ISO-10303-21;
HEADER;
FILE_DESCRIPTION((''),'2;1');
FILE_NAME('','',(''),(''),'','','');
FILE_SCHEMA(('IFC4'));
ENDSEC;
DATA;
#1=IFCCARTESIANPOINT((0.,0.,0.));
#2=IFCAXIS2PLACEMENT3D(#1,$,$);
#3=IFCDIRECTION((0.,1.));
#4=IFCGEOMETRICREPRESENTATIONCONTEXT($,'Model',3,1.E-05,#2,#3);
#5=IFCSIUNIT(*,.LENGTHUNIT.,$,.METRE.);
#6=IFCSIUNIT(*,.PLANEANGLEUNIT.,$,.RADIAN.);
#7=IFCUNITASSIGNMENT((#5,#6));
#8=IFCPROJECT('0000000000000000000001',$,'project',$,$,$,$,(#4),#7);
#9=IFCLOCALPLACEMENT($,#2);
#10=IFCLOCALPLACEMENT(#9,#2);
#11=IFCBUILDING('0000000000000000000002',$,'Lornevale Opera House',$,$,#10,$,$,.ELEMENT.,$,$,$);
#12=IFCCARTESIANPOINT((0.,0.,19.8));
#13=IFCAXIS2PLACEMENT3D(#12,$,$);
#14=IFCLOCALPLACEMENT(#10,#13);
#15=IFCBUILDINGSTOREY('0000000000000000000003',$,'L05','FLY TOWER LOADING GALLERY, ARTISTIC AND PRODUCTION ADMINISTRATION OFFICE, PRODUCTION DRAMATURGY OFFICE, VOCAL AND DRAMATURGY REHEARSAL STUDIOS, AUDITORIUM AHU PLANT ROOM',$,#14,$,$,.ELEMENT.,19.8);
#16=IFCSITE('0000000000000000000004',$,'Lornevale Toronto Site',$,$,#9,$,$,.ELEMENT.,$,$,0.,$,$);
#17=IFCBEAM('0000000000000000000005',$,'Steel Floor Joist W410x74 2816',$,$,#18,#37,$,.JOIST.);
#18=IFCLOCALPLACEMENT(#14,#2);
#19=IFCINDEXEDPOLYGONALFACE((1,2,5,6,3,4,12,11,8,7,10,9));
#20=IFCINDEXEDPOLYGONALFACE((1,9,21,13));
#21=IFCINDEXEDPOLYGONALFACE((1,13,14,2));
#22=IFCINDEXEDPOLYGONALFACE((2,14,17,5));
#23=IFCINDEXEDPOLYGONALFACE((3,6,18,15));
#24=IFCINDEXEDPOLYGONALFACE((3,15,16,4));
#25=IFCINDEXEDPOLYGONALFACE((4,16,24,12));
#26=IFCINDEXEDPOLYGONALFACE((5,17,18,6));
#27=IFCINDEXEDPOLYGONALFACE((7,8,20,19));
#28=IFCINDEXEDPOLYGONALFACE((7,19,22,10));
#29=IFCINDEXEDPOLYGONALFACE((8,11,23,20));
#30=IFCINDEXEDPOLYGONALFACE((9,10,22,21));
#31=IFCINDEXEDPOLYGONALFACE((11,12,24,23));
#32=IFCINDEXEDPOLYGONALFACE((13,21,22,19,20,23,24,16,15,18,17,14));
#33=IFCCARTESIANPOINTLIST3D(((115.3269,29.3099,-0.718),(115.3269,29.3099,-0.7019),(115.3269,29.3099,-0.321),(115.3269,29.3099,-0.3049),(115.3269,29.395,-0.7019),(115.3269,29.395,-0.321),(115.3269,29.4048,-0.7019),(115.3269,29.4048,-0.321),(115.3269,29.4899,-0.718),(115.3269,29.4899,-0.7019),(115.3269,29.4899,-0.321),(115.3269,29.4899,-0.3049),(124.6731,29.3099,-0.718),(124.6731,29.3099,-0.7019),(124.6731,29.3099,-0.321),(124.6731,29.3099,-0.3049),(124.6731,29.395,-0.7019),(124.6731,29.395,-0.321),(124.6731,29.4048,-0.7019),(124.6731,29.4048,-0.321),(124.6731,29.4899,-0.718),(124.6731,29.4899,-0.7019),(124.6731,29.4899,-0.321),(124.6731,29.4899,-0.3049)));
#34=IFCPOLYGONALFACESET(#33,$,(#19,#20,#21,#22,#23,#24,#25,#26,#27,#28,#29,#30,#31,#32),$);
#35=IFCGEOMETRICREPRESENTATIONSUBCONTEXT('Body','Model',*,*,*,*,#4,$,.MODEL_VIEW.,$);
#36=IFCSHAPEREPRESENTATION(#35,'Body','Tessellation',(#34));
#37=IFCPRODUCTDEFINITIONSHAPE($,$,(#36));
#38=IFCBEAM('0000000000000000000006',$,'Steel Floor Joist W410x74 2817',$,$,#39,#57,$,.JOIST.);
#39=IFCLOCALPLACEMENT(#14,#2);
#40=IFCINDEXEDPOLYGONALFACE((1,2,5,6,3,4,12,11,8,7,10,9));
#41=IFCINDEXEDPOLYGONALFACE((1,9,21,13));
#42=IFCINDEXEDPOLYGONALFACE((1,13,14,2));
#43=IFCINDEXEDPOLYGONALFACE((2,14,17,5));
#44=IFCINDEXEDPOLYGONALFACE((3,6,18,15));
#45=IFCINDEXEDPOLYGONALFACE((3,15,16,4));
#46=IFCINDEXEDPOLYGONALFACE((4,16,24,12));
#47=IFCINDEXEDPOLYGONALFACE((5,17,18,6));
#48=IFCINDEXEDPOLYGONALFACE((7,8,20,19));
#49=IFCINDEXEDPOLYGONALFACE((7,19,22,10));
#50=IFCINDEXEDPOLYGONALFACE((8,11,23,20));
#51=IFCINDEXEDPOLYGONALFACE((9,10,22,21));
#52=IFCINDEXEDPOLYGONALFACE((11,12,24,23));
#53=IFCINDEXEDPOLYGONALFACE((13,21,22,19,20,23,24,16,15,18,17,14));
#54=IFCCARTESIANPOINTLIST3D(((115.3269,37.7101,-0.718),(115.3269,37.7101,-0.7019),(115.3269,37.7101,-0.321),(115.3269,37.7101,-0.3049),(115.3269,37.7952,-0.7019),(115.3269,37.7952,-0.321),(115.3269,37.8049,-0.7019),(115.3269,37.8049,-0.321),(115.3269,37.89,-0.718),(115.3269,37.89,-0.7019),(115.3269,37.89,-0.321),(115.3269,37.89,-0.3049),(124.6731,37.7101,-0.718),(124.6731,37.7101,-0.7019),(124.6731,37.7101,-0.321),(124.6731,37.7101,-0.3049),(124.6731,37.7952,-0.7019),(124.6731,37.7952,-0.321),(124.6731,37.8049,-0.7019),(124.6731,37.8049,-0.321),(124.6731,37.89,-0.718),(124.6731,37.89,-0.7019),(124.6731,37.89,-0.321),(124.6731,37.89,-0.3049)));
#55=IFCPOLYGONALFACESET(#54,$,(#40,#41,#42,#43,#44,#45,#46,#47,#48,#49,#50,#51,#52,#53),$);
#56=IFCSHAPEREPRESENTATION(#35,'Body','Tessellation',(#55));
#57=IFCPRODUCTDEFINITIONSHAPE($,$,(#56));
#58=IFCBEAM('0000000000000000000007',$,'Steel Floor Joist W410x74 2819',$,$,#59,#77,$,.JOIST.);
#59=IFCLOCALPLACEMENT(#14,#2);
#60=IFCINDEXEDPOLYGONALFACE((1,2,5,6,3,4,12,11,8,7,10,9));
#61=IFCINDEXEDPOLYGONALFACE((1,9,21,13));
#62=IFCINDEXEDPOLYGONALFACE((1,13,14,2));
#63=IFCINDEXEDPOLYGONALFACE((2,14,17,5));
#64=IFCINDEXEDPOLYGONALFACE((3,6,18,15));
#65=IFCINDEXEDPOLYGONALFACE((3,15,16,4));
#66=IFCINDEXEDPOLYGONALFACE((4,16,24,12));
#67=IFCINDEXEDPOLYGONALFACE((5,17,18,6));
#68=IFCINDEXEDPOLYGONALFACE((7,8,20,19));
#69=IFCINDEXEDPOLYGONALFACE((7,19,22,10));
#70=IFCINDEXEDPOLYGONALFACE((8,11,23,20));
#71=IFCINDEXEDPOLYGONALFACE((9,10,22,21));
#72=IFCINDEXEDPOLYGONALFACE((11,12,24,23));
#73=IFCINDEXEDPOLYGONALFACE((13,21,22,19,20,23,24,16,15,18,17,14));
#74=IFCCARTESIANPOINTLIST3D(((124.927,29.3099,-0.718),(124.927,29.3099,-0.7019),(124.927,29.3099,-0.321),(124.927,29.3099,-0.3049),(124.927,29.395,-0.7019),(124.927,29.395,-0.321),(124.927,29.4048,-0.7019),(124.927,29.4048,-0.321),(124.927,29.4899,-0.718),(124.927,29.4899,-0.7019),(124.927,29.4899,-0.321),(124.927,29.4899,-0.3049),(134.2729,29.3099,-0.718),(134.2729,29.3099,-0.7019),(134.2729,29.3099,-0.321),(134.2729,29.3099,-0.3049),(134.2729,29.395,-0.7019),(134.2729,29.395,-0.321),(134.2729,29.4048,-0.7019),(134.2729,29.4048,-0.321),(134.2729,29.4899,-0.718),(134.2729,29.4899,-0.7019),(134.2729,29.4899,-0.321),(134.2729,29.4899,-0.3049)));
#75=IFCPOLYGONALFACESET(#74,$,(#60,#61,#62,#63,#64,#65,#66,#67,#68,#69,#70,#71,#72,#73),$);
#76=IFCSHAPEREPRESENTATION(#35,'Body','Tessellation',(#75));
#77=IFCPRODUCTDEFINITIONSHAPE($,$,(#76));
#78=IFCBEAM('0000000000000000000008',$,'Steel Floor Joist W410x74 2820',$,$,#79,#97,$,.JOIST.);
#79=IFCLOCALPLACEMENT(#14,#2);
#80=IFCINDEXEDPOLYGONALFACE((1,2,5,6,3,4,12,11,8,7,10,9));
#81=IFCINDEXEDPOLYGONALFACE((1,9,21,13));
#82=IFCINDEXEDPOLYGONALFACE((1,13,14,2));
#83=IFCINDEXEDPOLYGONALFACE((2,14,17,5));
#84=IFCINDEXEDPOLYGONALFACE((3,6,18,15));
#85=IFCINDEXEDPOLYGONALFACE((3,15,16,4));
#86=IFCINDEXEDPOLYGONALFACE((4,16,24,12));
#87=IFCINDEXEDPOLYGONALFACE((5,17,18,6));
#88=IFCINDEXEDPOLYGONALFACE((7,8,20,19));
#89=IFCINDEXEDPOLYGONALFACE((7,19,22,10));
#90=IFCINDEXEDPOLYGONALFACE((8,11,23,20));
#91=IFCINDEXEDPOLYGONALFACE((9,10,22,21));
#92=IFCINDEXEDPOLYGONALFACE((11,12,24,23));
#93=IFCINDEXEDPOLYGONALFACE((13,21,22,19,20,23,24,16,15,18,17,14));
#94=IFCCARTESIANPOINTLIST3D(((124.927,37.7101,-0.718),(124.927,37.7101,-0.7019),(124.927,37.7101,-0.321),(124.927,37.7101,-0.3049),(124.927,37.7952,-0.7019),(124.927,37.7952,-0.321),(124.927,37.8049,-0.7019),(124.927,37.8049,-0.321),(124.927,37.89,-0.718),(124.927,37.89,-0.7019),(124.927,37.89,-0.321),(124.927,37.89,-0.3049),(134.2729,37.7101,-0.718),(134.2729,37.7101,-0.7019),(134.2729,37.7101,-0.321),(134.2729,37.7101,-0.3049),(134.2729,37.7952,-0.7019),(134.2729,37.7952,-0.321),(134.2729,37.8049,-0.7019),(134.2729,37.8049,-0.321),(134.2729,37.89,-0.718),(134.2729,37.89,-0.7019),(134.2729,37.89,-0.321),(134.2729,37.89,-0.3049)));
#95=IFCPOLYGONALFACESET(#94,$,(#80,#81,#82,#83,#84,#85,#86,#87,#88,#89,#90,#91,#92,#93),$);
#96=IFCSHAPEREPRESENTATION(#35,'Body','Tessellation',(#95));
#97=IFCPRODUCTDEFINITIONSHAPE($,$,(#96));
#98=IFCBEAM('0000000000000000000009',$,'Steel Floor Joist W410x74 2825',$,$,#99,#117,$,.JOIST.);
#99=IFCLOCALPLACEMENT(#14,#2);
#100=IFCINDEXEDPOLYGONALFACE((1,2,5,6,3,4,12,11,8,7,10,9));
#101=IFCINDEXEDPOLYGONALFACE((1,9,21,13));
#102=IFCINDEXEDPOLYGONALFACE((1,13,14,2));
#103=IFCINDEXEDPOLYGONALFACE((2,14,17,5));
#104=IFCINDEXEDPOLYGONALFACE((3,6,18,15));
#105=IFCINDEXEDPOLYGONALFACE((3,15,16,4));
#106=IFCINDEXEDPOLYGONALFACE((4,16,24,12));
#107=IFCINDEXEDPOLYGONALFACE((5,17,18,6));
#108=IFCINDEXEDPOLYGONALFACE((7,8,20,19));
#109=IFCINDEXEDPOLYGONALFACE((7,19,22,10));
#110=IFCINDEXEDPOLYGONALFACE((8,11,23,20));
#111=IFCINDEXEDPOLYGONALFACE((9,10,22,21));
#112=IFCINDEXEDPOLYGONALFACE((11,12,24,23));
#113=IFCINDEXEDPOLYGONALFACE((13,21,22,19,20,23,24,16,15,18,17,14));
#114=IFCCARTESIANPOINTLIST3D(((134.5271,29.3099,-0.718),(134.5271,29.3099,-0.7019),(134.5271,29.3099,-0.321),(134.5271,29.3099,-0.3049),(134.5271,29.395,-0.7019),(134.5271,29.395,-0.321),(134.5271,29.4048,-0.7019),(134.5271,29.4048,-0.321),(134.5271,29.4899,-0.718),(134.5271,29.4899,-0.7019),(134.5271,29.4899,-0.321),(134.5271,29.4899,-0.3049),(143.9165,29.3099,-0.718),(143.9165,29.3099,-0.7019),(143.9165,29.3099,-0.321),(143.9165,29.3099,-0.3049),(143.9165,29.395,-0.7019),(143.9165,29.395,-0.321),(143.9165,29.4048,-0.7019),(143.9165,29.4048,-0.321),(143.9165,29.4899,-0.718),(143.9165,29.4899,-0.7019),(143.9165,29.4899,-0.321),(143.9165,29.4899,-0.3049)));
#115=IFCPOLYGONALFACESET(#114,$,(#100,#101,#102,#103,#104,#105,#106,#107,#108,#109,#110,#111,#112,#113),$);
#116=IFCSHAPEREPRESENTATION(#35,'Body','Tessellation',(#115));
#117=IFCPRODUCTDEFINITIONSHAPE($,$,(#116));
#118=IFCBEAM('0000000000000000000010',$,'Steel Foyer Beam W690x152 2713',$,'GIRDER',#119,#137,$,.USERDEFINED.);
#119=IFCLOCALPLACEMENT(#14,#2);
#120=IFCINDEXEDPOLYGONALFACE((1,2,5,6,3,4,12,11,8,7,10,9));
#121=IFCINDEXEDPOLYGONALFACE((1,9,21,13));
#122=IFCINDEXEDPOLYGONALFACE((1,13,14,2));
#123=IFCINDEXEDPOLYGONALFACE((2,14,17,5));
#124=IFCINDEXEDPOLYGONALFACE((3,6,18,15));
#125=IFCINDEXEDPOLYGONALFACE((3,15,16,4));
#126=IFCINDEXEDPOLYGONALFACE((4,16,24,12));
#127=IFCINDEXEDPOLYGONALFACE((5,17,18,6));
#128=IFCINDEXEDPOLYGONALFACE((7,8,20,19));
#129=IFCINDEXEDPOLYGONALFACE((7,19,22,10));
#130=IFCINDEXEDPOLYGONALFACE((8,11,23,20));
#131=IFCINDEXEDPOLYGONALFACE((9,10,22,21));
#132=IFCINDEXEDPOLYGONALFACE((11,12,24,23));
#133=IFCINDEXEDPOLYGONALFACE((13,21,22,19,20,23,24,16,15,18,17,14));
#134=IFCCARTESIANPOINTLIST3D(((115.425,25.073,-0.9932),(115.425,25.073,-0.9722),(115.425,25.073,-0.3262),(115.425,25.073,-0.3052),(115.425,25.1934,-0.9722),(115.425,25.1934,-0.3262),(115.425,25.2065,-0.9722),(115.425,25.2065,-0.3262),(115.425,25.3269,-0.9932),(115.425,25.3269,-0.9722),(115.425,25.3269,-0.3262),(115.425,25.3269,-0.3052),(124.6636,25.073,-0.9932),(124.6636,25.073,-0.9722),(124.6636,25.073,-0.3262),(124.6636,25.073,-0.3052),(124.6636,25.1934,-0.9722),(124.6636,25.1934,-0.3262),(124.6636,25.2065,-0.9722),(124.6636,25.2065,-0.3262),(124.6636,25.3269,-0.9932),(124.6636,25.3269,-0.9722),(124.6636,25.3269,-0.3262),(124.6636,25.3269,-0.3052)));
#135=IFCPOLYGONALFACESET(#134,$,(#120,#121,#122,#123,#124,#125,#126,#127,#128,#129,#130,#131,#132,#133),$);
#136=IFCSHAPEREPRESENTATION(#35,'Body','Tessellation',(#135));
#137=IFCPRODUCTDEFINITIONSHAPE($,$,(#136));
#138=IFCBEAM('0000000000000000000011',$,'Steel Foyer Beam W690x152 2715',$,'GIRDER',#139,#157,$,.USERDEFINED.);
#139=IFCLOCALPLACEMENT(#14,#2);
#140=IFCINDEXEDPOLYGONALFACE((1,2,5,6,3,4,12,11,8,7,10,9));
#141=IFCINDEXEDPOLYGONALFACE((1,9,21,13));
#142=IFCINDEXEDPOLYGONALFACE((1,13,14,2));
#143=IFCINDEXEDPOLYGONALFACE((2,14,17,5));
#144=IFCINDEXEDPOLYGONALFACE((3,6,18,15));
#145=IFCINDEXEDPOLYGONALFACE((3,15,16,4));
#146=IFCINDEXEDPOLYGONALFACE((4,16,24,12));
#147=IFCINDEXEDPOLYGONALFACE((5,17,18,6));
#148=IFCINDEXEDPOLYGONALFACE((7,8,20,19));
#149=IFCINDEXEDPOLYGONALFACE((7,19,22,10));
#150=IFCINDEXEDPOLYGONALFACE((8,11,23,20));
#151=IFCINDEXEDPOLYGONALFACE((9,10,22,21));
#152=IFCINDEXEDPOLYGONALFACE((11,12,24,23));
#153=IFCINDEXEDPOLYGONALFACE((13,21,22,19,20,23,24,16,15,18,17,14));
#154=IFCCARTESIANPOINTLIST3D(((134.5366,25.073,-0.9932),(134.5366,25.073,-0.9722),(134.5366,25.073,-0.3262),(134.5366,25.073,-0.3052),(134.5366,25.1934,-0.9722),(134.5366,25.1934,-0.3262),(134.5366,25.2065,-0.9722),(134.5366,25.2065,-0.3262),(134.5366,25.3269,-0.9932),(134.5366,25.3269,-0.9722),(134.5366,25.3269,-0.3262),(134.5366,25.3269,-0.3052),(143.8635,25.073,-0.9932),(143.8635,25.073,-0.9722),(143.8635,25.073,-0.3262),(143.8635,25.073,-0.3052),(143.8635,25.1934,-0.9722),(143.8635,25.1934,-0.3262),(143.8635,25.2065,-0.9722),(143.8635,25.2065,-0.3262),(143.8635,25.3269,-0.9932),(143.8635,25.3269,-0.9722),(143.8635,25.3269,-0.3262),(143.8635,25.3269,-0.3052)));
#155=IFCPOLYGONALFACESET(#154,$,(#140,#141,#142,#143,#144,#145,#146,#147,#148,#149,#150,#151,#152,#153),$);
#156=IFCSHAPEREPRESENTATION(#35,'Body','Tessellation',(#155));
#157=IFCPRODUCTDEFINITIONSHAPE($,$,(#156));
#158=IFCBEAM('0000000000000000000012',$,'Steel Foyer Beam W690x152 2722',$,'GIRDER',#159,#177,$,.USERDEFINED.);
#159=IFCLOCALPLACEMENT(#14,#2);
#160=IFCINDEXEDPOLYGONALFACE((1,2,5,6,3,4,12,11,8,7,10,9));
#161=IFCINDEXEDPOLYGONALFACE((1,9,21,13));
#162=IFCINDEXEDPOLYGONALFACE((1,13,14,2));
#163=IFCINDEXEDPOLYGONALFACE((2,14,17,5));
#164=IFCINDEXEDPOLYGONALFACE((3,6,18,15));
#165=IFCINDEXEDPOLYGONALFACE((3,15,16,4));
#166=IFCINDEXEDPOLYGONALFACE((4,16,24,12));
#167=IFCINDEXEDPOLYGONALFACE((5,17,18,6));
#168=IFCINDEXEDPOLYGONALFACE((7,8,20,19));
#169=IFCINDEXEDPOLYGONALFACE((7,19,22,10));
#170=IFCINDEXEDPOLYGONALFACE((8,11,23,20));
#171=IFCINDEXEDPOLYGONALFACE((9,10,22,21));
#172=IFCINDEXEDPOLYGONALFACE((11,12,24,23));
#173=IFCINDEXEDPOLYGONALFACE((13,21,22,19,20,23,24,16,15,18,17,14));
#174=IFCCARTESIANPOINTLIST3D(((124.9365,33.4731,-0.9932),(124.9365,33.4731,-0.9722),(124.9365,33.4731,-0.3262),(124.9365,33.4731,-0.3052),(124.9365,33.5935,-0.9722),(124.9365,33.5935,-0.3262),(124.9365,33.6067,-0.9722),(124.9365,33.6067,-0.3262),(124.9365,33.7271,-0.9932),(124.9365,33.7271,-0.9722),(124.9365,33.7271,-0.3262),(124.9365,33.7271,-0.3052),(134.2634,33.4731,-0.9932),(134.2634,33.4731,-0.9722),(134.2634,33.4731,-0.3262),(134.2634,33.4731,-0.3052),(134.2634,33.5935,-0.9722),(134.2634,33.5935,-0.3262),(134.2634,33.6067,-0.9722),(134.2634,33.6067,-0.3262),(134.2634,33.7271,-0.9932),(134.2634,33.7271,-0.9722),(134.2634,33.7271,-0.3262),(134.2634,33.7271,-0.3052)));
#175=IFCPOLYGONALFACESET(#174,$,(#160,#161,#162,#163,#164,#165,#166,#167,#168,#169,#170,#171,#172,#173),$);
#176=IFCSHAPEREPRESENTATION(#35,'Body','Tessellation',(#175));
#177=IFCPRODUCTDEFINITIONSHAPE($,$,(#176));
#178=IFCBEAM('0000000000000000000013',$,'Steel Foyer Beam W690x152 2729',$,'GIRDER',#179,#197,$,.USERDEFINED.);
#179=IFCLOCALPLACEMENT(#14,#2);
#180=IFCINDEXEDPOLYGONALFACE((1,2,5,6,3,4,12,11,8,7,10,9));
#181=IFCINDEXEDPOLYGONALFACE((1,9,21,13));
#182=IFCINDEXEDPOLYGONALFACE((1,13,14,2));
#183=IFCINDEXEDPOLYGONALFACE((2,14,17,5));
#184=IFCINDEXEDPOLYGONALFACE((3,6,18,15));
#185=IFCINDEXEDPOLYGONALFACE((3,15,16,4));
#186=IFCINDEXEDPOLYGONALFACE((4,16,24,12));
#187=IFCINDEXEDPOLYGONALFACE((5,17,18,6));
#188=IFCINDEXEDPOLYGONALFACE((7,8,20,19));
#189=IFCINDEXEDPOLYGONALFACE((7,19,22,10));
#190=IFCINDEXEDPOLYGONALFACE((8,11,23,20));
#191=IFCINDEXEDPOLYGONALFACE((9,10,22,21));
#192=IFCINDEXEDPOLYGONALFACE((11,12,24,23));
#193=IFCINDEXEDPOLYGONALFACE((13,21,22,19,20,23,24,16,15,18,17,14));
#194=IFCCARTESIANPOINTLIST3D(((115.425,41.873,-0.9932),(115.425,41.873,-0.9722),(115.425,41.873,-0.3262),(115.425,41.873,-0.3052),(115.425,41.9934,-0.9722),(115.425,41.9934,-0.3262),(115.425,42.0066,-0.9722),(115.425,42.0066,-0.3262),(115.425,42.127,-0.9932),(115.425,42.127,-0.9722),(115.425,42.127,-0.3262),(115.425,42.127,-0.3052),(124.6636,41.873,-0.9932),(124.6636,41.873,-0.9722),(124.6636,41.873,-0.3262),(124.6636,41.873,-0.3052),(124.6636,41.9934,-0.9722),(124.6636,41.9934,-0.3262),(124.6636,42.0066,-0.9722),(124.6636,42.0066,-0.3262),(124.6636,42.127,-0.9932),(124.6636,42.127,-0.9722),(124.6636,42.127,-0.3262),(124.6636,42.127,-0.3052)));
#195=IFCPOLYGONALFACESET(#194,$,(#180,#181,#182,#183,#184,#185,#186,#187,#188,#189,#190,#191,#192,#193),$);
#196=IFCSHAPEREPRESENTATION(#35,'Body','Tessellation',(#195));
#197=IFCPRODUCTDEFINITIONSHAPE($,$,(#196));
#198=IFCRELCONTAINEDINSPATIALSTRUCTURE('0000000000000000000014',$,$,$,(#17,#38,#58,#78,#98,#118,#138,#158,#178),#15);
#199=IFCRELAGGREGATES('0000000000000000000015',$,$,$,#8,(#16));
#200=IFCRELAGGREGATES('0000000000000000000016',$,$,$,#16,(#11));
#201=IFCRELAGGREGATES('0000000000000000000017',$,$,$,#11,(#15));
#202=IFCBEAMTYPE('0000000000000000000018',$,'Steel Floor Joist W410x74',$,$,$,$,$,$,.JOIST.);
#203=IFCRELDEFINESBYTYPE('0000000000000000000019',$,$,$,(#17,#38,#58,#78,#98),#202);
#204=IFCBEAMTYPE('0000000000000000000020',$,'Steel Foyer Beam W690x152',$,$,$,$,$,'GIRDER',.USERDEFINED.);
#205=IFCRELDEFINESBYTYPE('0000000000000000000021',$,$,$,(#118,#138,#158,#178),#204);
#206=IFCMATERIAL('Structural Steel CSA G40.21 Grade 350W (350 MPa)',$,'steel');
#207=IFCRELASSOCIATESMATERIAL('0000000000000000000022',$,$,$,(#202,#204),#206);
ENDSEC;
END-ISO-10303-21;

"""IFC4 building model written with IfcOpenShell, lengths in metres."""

from ifc_helpers import new_model, si_unit, direction, frame, origin, origin_2d, place, context, subcontext, project, spatial, i_section, extrude, material, material_profile, profile_set, type_object, element, save


model = new_model("IFC4")

# Units and contexts
model_context = context("Model", 3, precision=1e-05, world=origin(), true_north=direction((0.0, 1.0)))
body_context = subcontext(model_context, "Body", "Model", "MODEL_VIEW")
ifc_project = project(units=[si_unit("LENGTHUNIT", "METRE"), si_unit("PLANEANGLEUNIT", "RADIAN")], contexts=[model_context])

# Site, building, storey
site_placement = place(None, origin())
site = spatial("IfcSite", under=ifc_project, at=site_placement, Name="Lornevale Toronto Site", CompositionType="ELEMENT", RefElevation=0.0)
building_placement = place(site_placement, origin())
building = spatial("IfcBuilding", under=site, at=building_placement, Name="Lornevale Opera House", CompositionType="ELEMENT")
storey_placement = place(building_placement, frame((0.0, 0.0, 19.8)))
storey = spatial("IfcBuildingStorey", under=building, at=storey_placement, Name="L05", Description="FLY TOWER LOADING GALLERY, ARTISTIC AND PRODUCTION ADMINISTRATION OFFICE, PRODUCTION DRAMATURGY OFFICE, VOCAL AND DRAMATURGY REHEARSAL STUDIOS, AUDITORIUM AHU PLANT ROOM", CompositionType="ELEMENT", Elevation=19.8)

# Beams
ifc_material_1 = material(Name="Structural Steel CSA G40.21 Grade 350W (350 MPa)", Category="steel")
ifc_material_profile_1 = material_profile(ifc_material_1, i_section(OverallWidth=0.1799, OverallDepth=0.4131, WebThickness=0.0098, FlangeThickness=0.0161, at=origin_2d()), Name="W410x74")
ifc_profile_set_1 = profile_set([ifc_material_profile_1], Name="Structural Steel CSA G40.21 Grade 350W (350 MPa)")
beam_type_1 = type_object("IfcBeamType", Name="Steel Floor Joist W410x74", PredefinedType="JOIST", material=ifc_profile_set_1)
for number, where, z_axis, x_axis, name in (
    (1, (115.3269, 29.3999, -0.5115), (1.0, 0.0, 0.0), (0.0, 1.0, 0.0), "Steel Floor Joist W410x74 2816"),
    (2, (115.3269, 37.8, -0.5115), (1.0, 0.0, 0.0), (0.0, 1.0, 0.0), "Steel Floor Joist W410x74 2817"),
):
    element("IfcBeam", number, at=place(storey_placement, frame(where, z_axis=z_axis, x_axis=x_axis)), inside=storey, type_object=beam_type_1, Name=name, PredefinedType="JOIST", context=body_context, shape_type="SweptSolid", body=[
        extrude(i_section(OverallWidth=0.1799, OverallDepth=0.4131, WebThickness=0.0098, FlangeThickness=0.0161, at=origin_2d()), origin(), (0.0, 0.0, 1.0), 9.3462),
    ])
for number, where, z_axis, x_axis, name in (
    (3, (124.927, 29.3999, -0.5115), (1.0, 0.0, 0.0), (0.0, 1.0, 0.0), "Steel Floor Joist W410x74 2819"),
    (4, (124.927, 37.8, -0.5115), (1.0, 0.0, 0.0), (0.0, 1.0, 0.0), "Steel Floor Joist W410x74 2820"),
):
    element("IfcBeam", number, at=place(storey_placement, frame(where, z_axis=z_axis, x_axis=x_axis)), inside=storey, type_object=beam_type_1, Name=name, PredefinedType="JOIST", context=body_context, shape_type="SweptSolid", body=[
        extrude(i_section(OverallWidth=0.1799, OverallDepth=0.4131, WebThickness=0.0098, FlangeThickness=0.0161, at=origin_2d()), origin(), (0.0, 0.0, 1.0), 9.3459),
    ])
beam_1_placement = place(storey_placement, frame((134.5271, 29.3999, -0.5115), z_axis=(1.0, 0.0, 0.0), x_axis=(0.0, 1.0, 0.0)))
element("IfcBeam", 5, at=beam_1_placement, inside=storey, type_object=beam_type_1, Name="Steel Floor Joist W410x74 2825", PredefinedType="JOIST", context=body_context, shape_type="SweptSolid", body=[
    extrude(i_section(OverallWidth=0.1799, OverallDepth=0.4131, WebThickness=0.0098, FlangeThickness=0.0161, at=origin_2d()), origin(), (0.0, 0.0, 1.0), 9.3894),
])
ifc_material_profile_2 = material_profile(ifc_material_1, i_section(OverallWidth=0.2539, OverallDepth=0.688, WebThickness=0.0132, FlangeThickness=0.021, at=origin_2d()), Name="W690x152")
ifc_profile_set_2 = profile_set([ifc_material_profile_2], Name="Structural Steel CSA G40.21 Grade 350W (350 MPa)")
beam_type_2 = type_object("IfcBeamType", Name="Steel Foyer Beam W690x152", ElementType="GIRDER", PredefinedType="USERDEFINED", material=ifc_profile_set_2)
beam_2_placement = place(storey_placement, frame((115.425, 25.2, -0.6492), z_axis=(1.0, 0.0, 0.0), x_axis=(0.0, 1.0, 0.0)))
element("IfcBeam", 6, at=beam_2_placement, inside=storey, type_object=beam_type_2, Name="Steel Foyer Beam W690x152 2713", ObjectType="GIRDER", PredefinedType="USERDEFINED", context=body_context, shape_type="SweptSolid", body=[
    extrude(i_section(OverallWidth=0.2539, OverallDepth=0.688, WebThickness=0.0132, FlangeThickness=0.021, at=origin_2d()), origin(), (0.0, 0.0, 1.0), 9.2385),
])
for number, where, z_axis, x_axis, name in (
    (7, (134.5366, 25.2, -0.6492), (1.0, 0.0, 0.0), (0.0, 1.0, 0.0), "Steel Foyer Beam W690x152 2715"),
    (8, (124.9365, 33.6001, -0.6492), (1.0, 0.0, 0.0), (0.0, 1.0, 0.0), "Steel Foyer Beam W690x152 2722"),
):
    element("IfcBeam", number, at=place(storey_placement, frame(where, z_axis=z_axis, x_axis=x_axis)), inside=storey, type_object=beam_type_2, Name=name, ObjectType="GIRDER", PredefinedType="USERDEFINED", context=body_context, shape_type="SweptSolid", body=[
        extrude(i_section(OverallWidth=0.2539, OverallDepth=0.688, WebThickness=0.0132, FlangeThickness=0.021, at=origin_2d()), origin(), (0.0, 0.0, 1.0), 9.3269),
    ])
beam_3_placement = place(storey_placement, frame((115.425, 42.0, -0.6492), z_axis=(1.0, 0.0, 0.0), x_axis=(0.0, 1.0, 0.0)))
element("IfcBeam", 9, at=beam_3_placement, inside=storey, type_object=beam_type_2, Name="Steel Foyer Beam W690x152 2729", ObjectType="GIRDER", PredefinedType="USERDEFINED", context=body_context, shape_type="SweptSolid", body=[
    extrude(i_section(OverallWidth=0.2539, OverallDepth=0.688, WebThickness=0.0132, FlangeThickness=0.021, at=origin_2d()), origin(), (0.0, 0.0, 1.0), 9.2385),
])

save(model, "model.ifc")
